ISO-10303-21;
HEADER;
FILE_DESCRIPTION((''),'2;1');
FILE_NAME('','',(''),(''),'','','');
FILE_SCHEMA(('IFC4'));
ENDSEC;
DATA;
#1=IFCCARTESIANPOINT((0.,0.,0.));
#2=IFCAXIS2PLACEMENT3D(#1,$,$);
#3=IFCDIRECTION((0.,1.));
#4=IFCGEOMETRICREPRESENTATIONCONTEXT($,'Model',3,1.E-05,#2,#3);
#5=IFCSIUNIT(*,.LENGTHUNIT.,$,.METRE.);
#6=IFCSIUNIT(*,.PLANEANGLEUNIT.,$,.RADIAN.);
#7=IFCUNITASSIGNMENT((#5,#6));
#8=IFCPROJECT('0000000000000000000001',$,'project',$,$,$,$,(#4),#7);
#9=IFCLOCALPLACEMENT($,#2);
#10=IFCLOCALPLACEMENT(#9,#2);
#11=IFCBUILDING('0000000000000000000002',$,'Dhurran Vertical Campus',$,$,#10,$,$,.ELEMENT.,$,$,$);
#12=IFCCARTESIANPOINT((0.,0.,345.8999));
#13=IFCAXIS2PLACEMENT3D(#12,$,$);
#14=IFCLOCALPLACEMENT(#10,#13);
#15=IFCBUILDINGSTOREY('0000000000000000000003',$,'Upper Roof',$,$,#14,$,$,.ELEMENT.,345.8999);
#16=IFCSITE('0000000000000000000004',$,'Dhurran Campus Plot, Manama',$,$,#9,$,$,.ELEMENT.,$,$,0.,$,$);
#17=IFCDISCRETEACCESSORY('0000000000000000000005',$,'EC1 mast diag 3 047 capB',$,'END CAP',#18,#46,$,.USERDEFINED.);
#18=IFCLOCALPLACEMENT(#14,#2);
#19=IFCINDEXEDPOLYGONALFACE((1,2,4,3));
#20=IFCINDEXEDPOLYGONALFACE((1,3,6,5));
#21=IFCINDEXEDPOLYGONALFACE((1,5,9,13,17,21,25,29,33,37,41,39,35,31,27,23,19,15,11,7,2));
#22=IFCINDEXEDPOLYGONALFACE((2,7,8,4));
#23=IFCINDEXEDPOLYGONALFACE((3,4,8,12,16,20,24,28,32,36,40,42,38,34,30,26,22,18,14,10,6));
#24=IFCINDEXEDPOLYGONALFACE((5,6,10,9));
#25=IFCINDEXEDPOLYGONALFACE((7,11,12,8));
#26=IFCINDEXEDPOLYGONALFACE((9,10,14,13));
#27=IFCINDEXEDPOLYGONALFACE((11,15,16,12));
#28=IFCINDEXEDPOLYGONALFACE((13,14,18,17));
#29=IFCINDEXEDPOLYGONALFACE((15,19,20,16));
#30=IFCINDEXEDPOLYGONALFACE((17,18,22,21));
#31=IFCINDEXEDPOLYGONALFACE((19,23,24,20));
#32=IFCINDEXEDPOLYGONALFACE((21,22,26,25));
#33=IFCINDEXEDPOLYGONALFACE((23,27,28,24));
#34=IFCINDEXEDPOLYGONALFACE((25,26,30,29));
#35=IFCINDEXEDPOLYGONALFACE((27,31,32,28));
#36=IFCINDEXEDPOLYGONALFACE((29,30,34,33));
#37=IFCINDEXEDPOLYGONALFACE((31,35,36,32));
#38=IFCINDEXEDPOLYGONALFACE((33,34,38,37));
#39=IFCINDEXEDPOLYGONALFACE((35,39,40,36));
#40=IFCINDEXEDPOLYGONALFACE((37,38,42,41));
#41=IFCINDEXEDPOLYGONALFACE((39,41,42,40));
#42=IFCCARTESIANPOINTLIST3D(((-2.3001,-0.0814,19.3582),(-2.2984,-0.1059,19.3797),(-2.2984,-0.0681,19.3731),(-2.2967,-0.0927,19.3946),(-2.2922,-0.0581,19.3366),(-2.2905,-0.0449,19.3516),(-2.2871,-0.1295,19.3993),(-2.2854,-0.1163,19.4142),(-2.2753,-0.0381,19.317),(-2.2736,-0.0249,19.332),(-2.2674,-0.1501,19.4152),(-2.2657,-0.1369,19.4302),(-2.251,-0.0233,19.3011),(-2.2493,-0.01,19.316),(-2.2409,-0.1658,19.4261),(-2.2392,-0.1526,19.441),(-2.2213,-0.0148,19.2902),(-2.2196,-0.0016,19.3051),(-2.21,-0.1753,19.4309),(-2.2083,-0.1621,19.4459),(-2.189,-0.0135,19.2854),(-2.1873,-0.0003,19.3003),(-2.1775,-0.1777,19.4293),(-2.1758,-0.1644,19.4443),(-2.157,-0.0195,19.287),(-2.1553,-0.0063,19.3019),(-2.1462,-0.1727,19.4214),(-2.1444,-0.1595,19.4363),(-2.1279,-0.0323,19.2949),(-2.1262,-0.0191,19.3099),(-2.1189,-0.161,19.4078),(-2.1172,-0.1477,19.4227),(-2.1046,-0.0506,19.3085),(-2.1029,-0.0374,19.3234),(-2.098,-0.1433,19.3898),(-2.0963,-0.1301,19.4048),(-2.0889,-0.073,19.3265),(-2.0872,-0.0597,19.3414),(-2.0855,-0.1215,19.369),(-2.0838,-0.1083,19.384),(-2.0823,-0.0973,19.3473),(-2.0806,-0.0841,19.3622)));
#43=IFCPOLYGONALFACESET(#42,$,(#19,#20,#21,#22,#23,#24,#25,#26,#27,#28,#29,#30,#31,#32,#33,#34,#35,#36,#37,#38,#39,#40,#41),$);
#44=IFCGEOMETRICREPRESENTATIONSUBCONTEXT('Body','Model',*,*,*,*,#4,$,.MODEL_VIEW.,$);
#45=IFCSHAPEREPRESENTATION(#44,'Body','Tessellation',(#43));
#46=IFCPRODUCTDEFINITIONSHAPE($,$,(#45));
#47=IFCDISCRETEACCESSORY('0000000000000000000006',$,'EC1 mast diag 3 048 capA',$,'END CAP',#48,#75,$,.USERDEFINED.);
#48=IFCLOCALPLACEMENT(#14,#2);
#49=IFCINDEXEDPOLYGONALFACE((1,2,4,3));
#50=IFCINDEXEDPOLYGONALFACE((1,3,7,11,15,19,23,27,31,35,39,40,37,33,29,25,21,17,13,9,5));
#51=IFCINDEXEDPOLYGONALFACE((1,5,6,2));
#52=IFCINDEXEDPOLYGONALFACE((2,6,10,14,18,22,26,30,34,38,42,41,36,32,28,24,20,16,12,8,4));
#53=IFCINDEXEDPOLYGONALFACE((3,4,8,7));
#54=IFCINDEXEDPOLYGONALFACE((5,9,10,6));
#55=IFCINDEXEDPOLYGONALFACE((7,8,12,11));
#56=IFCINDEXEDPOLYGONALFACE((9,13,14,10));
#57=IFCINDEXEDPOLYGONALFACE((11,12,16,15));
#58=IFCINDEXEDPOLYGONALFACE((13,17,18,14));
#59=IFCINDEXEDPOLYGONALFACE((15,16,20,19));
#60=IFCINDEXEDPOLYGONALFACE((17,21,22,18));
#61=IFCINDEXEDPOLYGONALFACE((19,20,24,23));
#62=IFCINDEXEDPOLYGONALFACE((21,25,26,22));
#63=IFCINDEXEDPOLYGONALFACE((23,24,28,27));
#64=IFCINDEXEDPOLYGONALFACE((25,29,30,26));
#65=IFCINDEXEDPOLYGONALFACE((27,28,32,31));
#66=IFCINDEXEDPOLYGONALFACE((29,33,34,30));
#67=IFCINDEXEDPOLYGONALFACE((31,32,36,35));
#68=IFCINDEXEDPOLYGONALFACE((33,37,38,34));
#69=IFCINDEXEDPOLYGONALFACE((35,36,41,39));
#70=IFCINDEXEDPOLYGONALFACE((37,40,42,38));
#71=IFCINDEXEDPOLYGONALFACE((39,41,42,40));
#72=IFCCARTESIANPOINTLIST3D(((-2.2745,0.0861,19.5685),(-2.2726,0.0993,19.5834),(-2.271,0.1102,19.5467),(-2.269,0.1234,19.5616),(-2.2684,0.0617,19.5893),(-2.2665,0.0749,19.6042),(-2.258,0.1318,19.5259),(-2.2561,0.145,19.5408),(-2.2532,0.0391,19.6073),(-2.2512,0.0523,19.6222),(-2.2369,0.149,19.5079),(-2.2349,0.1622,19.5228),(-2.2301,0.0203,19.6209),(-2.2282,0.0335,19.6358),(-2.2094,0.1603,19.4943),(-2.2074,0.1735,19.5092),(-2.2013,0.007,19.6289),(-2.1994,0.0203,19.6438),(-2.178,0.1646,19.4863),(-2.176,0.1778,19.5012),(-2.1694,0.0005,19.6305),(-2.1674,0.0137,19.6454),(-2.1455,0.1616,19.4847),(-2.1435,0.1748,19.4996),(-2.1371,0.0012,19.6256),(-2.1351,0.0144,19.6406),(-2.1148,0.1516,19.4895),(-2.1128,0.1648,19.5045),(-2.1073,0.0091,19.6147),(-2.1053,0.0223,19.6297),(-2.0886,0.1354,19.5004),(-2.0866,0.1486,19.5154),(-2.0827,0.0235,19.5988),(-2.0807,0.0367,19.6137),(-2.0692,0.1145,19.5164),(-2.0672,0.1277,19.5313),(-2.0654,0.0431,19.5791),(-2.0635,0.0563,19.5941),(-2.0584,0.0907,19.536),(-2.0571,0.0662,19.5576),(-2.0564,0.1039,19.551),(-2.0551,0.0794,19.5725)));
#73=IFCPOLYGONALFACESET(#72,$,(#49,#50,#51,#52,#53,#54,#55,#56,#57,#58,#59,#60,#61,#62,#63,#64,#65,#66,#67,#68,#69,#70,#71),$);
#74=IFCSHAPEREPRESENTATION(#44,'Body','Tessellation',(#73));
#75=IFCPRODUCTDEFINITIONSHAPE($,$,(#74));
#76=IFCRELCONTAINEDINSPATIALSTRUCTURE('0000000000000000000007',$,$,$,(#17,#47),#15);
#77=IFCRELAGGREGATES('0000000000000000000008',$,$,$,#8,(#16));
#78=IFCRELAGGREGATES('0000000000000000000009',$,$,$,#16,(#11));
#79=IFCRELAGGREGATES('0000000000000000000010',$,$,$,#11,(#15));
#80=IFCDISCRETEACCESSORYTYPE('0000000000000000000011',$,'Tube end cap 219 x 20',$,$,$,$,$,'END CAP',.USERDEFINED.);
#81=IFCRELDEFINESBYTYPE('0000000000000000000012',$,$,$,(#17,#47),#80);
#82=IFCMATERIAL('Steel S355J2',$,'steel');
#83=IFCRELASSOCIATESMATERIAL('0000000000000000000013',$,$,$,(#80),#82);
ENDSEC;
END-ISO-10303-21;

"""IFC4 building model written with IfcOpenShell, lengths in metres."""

from ifc_helpers import new_model, si_unit, direction, frame, origin, origin_2d, place, context, subcontext, project, spatial, circle, extrude, material, material_profile, profile_set, type_object, element, save


model = new_model("IFC4")

# Units and contexts
model_context = context("Model", 3, precision=1e-05, world=origin(), true_north=direction((0.0, 1.0)))
body_context = subcontext(model_context, "Body", "Model", "MODEL_VIEW")
ifc_project = project(units=[si_unit("LENGTHUNIT", "METRE"), si_unit("PLANEANGLEUNIT", "RADIAN")], contexts=[model_context])

# Site, building, storey
site_placement = place(None, origin())
site = spatial("IfcSite", under=ifc_project, at=site_placement, Name="Dhurran Campus Plot, Manama", CompositionType="ELEMENT", RefElevation=0.0)
building_placement = place(site_placement, origin())
building = spatial("IfcBuilding", under=site, at=building_placement, Name="Dhurran Vertical Campus", CompositionType="ELEMENT")
storey_placement = place(building_placement, frame((0.0, 0.0, 345.8999)))
storey = spatial("IfcBuildingStorey", under=building, at=storey_placement, Name="Upper Roof", CompositionType="ELEMENT", Elevation=345.8999)

# Discrete accessories
ifc_material_1 = material(Name="Steel S355J2", Category="steel")
ifc_material_profile_1 = material_profile(ifc_material_1, circle(Radius=0.1096, at=origin_2d()), Name="Tube end cap 219 x 20")
ifc_profile_set_1 = profile_set([ifc_material_profile_1], Name="Steel S355J2")
discrete_accessory_type = type_object("IfcDiscreteAccessoryType", Name="Tube end cap 219 x 20", ElementType="END CAP", PredefinedType="USERDEFINED", material=ifc_profile_set_1)
for number, where, z_axis, x_axis, name in (
    (1, (-2.1914, -0.0955, 19.3582), (0.085608, 0.660405, 0.746013), (-0.991703, 0.128554, 0.0), "EC1 mast diag 3 047 capB"),
    (2, (-2.1636, 0.0955, 19.5725), (-0.097728, -0.659666, -0.745178), (0.989203, -0.146549, 0.0), "EC1 mast diag 3 048 capA"),
):
    element("IfcDiscreteAccessory", number, at=place(storey_placement, frame(where, z_axis=z_axis, x_axis=x_axis)), inside=storey, type_object=discrete_accessory_type, Name=name, ObjectType="END CAP", PredefinedType="USERDEFINED", context=body_context, shape_type="SweptSolid", body=[
        extrude(circle(Radius=0.1096, at=origin_2d()), origin(), (0.0, 0.0, 1.0), 0.02),
    ])

save(model, "model.ifc")
